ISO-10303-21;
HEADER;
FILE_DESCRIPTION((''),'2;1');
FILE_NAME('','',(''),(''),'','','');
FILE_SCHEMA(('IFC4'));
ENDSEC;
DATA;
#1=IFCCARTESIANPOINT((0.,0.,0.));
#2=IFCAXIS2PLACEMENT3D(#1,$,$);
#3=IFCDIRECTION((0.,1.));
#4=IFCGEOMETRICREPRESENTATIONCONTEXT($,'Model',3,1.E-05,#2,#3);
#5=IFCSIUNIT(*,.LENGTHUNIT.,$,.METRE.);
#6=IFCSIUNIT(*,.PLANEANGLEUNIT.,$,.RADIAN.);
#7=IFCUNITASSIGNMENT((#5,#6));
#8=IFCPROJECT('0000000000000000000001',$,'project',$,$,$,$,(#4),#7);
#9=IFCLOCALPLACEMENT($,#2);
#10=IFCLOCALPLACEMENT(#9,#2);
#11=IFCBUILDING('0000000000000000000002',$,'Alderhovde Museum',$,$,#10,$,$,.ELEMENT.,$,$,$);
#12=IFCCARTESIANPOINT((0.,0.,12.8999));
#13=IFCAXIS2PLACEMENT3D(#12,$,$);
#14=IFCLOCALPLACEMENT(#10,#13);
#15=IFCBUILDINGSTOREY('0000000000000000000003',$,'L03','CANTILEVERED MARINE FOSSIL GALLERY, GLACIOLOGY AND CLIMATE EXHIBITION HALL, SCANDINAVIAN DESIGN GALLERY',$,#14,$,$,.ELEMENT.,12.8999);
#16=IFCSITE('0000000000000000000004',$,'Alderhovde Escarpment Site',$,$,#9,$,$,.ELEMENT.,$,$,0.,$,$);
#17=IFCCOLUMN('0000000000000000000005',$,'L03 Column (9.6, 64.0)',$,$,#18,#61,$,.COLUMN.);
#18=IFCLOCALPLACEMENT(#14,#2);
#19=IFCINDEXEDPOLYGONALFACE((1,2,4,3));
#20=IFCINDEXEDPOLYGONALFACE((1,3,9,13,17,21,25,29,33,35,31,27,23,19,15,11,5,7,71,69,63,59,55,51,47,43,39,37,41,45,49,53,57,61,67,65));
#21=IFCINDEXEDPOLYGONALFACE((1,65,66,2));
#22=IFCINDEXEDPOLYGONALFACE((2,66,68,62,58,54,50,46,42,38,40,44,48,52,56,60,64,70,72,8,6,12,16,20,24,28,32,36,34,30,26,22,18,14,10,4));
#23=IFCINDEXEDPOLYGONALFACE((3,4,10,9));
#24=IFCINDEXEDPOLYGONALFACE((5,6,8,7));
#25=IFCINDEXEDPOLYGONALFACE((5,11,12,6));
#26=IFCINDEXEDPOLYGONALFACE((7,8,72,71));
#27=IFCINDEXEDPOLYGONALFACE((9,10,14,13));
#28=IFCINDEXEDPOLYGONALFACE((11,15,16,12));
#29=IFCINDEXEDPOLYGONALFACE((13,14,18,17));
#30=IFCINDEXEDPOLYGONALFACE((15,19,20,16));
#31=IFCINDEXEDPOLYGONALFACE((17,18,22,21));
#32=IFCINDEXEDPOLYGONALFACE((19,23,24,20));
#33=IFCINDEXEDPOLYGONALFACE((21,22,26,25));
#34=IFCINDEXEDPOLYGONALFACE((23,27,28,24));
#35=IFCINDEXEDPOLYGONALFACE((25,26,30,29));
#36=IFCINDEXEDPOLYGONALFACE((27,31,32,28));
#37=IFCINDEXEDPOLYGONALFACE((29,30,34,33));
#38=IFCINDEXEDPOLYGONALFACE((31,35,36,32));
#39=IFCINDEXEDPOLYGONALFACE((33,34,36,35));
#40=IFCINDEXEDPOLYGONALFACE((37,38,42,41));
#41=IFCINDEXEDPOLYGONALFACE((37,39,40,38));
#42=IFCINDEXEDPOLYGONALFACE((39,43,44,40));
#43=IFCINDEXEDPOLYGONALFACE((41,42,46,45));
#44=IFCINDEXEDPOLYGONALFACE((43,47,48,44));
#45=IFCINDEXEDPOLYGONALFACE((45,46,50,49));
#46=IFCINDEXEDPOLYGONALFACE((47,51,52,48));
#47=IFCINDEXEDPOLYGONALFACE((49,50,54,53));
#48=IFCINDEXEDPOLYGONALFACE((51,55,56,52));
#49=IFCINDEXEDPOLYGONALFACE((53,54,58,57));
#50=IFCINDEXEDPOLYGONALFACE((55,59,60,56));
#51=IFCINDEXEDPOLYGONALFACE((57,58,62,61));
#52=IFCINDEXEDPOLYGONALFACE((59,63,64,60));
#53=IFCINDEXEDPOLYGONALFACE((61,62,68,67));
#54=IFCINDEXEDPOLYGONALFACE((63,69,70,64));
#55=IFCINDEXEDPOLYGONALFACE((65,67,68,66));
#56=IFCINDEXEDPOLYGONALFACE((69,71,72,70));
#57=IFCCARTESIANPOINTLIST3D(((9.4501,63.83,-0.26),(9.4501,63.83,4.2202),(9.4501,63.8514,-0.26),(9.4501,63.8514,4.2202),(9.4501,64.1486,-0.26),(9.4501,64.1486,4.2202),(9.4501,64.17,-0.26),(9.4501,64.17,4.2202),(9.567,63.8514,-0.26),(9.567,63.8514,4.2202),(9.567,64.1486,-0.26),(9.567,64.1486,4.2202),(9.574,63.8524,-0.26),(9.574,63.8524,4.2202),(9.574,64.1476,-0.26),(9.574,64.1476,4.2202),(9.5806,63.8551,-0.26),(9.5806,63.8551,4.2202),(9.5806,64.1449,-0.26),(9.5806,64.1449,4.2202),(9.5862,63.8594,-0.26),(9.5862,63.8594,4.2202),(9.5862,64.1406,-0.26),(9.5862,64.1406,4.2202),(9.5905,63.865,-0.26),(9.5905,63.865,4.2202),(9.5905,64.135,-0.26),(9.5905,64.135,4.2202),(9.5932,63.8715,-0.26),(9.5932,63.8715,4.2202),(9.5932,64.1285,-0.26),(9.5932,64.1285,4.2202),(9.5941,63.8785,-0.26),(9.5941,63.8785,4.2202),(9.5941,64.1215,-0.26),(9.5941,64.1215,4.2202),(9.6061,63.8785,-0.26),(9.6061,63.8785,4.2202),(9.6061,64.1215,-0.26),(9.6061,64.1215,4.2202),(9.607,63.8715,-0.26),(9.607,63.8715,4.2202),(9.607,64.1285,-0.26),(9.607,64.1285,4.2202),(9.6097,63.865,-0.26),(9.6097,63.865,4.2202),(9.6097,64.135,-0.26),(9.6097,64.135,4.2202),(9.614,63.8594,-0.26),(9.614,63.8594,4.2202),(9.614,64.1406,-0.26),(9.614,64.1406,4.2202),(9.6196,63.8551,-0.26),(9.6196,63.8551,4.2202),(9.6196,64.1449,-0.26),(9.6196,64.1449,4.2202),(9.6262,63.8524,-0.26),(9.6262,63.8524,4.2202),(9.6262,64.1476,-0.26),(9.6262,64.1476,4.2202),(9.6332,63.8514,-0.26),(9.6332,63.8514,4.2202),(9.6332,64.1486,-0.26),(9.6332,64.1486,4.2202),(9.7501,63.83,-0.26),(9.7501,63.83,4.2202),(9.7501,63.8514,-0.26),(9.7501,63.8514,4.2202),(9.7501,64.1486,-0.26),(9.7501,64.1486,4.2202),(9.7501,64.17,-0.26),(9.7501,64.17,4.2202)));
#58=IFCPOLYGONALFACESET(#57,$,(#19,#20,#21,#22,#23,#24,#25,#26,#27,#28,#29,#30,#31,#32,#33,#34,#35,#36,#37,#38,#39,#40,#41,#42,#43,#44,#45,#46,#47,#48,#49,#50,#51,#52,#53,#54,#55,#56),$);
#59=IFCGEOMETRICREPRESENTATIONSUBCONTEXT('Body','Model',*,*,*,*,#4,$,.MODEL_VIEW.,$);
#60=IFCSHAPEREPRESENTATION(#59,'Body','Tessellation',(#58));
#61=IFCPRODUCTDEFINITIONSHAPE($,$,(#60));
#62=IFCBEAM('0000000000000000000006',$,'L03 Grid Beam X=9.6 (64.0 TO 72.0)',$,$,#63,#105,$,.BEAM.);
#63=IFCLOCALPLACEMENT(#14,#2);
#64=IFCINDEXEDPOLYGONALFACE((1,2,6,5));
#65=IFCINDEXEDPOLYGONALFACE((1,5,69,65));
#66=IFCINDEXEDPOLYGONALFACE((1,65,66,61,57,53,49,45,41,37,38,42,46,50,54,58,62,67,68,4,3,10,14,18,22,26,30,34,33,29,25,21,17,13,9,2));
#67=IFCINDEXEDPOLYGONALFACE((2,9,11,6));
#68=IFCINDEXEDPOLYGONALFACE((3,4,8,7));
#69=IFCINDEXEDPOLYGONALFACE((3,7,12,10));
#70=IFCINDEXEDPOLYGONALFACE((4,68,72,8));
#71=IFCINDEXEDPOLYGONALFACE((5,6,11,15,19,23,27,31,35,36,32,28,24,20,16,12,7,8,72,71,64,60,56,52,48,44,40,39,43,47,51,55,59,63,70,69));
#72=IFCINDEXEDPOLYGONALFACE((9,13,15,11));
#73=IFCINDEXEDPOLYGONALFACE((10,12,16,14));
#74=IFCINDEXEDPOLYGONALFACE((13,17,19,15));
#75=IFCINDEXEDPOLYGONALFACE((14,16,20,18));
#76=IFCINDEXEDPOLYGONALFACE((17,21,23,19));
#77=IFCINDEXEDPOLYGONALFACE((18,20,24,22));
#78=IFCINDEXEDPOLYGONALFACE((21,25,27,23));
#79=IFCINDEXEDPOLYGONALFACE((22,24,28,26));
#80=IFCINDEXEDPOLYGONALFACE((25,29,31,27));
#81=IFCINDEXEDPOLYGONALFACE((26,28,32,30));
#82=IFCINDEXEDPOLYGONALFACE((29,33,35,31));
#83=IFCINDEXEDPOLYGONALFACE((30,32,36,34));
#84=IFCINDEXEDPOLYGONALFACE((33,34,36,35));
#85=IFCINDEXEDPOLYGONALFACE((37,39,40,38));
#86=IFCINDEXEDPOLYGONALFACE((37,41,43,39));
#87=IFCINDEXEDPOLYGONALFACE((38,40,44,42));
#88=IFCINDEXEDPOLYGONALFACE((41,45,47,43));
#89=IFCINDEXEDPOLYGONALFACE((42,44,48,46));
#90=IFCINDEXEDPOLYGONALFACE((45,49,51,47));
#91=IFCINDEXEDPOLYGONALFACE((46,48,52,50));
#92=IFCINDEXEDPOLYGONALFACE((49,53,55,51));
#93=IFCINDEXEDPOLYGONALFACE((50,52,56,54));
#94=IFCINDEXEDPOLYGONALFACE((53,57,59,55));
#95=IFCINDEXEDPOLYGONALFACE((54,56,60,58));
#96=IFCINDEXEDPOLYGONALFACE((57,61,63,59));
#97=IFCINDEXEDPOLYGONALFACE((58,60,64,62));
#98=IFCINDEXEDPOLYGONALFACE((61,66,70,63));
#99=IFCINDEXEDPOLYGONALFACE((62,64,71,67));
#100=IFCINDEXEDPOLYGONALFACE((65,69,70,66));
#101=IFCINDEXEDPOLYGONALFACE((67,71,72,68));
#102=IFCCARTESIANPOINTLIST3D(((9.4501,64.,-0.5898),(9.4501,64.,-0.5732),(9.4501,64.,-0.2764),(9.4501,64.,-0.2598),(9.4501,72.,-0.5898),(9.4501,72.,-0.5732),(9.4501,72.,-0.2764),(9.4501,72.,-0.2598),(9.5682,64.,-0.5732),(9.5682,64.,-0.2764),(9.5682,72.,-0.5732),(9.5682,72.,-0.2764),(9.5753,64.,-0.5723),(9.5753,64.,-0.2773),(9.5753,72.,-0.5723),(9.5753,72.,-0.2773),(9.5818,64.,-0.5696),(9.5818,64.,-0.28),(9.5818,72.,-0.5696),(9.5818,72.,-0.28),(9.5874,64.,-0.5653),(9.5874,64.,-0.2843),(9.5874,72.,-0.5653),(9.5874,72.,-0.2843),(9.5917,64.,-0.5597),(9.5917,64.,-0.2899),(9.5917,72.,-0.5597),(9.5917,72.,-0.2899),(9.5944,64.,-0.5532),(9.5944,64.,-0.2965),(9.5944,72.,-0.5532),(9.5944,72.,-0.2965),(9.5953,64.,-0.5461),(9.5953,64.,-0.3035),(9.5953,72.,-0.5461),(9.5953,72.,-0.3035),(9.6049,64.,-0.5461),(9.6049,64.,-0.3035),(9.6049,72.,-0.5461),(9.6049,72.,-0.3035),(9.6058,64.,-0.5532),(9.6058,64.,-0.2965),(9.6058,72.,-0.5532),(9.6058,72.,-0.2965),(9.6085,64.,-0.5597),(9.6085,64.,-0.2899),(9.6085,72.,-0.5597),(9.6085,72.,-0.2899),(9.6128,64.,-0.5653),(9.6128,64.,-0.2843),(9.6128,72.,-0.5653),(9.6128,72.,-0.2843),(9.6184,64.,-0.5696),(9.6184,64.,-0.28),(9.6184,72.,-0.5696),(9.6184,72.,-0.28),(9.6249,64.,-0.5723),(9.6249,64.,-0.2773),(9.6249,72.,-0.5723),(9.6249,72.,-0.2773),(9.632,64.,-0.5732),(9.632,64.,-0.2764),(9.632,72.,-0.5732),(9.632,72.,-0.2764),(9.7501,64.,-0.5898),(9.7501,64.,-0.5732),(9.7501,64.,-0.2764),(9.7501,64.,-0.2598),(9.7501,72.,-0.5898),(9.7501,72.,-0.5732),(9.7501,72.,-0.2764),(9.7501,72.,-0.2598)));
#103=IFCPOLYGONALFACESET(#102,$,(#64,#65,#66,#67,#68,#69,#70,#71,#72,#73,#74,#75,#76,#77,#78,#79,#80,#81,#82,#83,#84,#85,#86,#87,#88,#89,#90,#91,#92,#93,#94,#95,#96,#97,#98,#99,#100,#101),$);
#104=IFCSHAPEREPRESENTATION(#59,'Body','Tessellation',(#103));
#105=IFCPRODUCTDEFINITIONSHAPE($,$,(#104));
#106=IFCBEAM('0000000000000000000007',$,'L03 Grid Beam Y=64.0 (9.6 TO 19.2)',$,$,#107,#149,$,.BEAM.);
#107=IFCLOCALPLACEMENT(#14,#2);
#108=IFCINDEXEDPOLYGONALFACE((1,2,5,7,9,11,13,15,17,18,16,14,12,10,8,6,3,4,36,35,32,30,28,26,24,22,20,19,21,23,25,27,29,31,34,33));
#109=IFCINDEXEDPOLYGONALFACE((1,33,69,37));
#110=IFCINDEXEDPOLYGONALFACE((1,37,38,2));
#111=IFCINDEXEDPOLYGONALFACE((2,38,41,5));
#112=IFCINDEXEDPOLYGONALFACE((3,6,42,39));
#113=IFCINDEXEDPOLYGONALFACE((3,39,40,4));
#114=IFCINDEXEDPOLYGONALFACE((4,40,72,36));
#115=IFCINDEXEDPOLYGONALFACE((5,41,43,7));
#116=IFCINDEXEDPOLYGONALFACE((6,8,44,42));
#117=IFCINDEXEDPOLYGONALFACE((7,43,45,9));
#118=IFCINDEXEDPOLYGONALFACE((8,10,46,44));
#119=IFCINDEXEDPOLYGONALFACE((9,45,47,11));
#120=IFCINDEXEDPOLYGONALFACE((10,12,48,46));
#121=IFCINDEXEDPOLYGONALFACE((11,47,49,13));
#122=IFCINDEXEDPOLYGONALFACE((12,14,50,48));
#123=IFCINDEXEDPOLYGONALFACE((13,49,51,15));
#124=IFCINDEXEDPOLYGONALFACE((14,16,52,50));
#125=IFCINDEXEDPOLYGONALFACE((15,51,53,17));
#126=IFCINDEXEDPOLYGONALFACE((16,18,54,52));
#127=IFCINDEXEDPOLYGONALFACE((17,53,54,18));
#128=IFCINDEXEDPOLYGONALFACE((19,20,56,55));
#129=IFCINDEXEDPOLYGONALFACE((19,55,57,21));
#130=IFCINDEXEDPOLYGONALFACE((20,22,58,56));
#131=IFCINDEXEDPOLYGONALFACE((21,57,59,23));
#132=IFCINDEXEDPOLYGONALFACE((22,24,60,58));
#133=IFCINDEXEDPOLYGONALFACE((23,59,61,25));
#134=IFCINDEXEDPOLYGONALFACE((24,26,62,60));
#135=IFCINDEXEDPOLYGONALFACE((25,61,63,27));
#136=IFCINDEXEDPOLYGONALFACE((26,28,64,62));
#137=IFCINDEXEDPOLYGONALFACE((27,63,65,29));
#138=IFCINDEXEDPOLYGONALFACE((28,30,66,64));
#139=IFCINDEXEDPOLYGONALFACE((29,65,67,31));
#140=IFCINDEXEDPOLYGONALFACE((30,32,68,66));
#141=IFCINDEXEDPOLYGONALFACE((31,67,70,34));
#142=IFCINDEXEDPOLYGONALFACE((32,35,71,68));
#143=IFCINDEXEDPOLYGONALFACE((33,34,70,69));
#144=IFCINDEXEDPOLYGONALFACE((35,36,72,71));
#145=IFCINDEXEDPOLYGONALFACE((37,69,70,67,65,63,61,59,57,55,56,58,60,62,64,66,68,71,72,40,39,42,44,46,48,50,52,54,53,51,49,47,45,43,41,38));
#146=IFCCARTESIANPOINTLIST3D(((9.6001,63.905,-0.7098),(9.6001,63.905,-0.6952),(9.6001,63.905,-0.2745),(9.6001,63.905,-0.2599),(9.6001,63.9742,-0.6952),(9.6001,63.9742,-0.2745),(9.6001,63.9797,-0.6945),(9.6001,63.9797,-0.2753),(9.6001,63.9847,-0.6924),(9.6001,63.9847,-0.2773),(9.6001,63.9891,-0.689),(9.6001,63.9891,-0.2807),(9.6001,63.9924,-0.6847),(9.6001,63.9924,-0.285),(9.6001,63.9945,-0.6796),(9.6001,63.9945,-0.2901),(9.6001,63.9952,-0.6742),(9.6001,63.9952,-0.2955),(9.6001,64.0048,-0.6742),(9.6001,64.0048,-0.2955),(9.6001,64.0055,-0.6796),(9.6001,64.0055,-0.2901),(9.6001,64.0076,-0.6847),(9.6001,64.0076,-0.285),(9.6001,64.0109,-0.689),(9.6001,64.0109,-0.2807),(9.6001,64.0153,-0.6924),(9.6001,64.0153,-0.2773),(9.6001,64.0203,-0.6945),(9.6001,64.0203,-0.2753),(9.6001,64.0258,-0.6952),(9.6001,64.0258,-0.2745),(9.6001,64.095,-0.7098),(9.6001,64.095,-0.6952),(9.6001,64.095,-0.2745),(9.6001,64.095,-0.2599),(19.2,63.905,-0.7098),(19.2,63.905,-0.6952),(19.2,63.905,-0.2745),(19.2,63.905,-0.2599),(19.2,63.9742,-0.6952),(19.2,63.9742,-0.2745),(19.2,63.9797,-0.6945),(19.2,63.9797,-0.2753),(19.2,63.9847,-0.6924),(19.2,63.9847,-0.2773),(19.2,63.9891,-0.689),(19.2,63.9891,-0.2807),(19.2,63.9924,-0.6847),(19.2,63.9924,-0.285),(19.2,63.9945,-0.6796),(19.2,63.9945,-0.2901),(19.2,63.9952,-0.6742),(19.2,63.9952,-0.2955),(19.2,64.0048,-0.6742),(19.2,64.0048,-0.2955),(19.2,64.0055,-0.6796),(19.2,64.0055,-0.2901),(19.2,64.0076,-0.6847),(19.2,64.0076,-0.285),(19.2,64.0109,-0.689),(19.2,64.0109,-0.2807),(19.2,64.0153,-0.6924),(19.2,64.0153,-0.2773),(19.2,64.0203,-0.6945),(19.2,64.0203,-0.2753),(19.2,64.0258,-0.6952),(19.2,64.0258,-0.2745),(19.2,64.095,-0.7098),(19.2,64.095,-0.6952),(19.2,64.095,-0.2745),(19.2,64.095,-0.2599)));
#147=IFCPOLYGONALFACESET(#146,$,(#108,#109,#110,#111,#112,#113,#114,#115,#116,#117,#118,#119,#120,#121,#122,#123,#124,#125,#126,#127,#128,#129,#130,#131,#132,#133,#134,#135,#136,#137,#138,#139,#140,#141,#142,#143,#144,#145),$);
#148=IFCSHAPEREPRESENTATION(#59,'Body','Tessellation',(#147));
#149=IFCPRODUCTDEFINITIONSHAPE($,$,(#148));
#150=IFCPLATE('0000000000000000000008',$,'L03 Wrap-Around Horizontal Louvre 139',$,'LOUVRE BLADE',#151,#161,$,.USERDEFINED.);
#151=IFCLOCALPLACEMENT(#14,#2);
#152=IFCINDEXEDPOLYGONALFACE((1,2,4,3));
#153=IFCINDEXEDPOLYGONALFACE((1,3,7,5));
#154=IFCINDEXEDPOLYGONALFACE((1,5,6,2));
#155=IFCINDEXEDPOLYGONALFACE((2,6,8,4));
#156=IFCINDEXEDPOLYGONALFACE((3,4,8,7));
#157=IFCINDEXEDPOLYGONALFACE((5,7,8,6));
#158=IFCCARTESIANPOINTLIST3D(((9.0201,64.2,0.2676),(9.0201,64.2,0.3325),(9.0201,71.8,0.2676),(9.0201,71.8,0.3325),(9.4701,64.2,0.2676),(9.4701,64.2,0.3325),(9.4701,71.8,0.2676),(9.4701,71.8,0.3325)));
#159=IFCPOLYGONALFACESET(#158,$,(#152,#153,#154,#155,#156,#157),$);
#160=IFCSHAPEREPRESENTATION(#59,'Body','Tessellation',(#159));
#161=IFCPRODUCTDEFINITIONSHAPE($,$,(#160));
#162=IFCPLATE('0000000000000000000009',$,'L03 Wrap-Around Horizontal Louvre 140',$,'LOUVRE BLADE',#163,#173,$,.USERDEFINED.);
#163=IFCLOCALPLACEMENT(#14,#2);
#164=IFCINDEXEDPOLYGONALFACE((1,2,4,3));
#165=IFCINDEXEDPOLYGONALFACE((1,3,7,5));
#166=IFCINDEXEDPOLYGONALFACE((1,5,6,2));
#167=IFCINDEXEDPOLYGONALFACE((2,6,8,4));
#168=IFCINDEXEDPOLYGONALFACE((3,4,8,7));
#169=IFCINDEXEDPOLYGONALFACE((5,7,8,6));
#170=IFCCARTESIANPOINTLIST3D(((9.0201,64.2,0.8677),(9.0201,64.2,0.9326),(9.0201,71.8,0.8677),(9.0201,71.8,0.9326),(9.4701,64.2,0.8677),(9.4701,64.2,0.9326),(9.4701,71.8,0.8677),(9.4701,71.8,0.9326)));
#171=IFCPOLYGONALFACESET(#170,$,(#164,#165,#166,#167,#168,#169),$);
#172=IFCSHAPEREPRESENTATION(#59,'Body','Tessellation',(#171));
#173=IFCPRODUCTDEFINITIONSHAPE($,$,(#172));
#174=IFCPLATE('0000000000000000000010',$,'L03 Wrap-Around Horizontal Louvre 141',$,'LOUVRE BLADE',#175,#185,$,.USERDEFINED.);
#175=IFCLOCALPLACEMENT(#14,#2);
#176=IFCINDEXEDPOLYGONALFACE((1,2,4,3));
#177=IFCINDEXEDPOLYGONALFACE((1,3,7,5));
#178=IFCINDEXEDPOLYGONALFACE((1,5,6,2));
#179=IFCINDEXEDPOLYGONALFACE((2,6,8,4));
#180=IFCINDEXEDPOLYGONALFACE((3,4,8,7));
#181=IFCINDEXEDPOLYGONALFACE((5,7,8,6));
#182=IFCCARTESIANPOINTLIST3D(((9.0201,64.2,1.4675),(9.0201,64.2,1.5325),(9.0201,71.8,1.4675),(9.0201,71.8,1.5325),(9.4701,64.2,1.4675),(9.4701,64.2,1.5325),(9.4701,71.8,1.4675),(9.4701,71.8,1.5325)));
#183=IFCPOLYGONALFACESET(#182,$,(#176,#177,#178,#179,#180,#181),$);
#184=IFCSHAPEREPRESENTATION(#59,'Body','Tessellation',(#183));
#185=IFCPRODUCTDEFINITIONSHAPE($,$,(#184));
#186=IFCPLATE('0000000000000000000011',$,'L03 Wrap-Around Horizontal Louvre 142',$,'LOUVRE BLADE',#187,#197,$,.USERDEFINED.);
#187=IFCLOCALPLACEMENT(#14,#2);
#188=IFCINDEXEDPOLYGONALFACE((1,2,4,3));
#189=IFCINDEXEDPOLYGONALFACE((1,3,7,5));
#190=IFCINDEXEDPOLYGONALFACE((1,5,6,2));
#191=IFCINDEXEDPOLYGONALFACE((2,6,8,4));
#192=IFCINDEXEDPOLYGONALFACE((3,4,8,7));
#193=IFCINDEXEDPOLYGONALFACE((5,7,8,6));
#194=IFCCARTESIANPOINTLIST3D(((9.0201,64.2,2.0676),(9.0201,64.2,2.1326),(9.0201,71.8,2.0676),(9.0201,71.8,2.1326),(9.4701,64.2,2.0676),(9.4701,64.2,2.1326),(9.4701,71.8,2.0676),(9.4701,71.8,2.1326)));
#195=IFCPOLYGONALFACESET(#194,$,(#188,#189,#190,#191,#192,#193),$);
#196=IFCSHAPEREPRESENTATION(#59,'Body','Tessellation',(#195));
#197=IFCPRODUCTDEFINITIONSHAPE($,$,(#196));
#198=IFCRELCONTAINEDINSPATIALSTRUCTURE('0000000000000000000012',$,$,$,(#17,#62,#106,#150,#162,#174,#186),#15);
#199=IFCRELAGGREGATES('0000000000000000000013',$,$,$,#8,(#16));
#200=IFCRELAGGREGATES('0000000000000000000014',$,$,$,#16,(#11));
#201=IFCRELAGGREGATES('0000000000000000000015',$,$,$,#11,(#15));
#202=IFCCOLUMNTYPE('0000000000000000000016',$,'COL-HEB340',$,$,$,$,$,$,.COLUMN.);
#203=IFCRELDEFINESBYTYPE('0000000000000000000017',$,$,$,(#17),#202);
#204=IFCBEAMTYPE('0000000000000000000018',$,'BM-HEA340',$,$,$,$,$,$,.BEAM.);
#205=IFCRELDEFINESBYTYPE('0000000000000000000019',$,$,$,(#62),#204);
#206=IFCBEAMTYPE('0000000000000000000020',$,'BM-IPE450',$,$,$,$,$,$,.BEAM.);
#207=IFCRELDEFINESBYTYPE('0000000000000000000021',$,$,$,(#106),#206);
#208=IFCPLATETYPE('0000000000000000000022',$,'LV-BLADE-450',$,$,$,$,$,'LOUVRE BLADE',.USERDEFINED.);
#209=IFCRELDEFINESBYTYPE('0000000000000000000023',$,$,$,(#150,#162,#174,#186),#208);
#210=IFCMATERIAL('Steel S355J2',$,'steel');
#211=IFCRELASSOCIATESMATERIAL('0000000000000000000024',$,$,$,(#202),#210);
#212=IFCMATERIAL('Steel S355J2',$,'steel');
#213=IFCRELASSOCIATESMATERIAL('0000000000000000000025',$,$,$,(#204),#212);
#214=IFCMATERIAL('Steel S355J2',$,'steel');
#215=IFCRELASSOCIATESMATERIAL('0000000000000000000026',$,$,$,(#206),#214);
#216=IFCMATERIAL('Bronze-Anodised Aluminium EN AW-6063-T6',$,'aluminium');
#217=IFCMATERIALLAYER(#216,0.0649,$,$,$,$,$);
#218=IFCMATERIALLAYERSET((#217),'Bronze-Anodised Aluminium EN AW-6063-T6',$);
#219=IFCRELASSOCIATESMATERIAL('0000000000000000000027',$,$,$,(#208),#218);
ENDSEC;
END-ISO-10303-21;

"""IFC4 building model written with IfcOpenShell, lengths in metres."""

from ifc_helpers import new_model, si_unit, direction, frame, origin, origin_2d, place, context, subcontext, project, spatial, rectangle, i_section, extrude, material, layer, layer_set, material_profile, profile_set, type_object, element, save


model = new_model("IFC4")

# Units and contexts
model_context = context("Model", 3, precision=1e-05, world=origin(), true_north=direction((0.0, 1.0)))
body_context = subcontext(model_context, "Body", "Model", "MODEL_VIEW")
ifc_project = project(units=[si_unit("LENGTHUNIT", "METRE"), si_unit("PLANEANGLEUNIT", "RADIAN")], contexts=[model_context])

# Site, building, storey
site_placement = place(None, origin())
site = spatial("IfcSite", under=ifc_project, at=site_placement, Name="Alderhovde Escarpment Site", CompositionType="ELEMENT", RefElevation=0.0)
building_placement = place(site_placement, origin())
building = spatial("IfcBuilding", under=site, at=building_placement, Name="Alderhovde Museum", CompositionType="ELEMENT")
storey_placement = place(building_placement, frame((0.0, 0.0, 12.8999)))
storey = spatial("IfcBuildingStorey", under=building, at=storey_placement, Name="L03", Description="CANTILEVERED MARINE FOSSIL GALLERY, GLACIOLOGY AND CLIMATE EXHIBITION HALL, SCANDINAVIAN DESIGN GALLERY", CompositionType="ELEMENT", Elevation=12.8999)

# Column
ifc_material_1 = material(Name="Steel S355J2", Category="steel")
ifc_material_profile_1 = material_profile(ifc_material_1, i_section(OverallWidth=0.3, OverallDepth=0.3401, WebThickness=0.012, FlangeThickness=0.0215, FilletRadius=0.0271, at=origin_2d()), Name="HEB 340")
ifc_profile_set_1 = profile_set([ifc_material_profile_1], Name="Steel S355J2")
column_type = type_object("IfcColumnType", Name="COL-HEB340", PredefinedType="COLUMN", material=ifc_profile_set_1)
column_placement = place(storey_placement, frame((9.6001, 64.0, -0.26), z_axis=(0.0, 0.0, 1.0), x_axis=(1.0, 0.0, 0.0)))
element("IfcColumn", 1, at=column_placement, inside=storey, type_object=column_type, Name="L03 Column (9.6, 64.0)", PredefinedType="COLUMN", context=body_context, shape_type="SweptSolid", body=[
    extrude(i_section(OverallWidth=0.3, OverallDepth=0.3401, WebThickness=0.012, FlangeThickness=0.0215, FilletRadius=0.0271, at=origin_2d()), origin(), (0.0, 0.0, 1.0), 4.4802),
])

# Beams
ifc_material_2 = material(Name="Steel S355J2", Category="steel")
ifc_material_profile_2 = material_profile(ifc_material_2, i_section(OverallWidth=0.3, OverallDepth=0.3301, WebThickness=0.0095, FlangeThickness=0.0166, FilletRadius=0.0271, at=origin_2d()), Name="HEA 340")
ifc_profile_set_2 = profile_set([ifc_material_profile_2], Name="Steel S355J2")
beam_type_1 = type_object("IfcBeamType", Name="BM-HEA340", PredefinedType="BEAM", material=ifc_profile_set_2)
beam_1_placement = place(storey_placement, frame((9.6001, 64.0, -0.4248), z_axis=(0.0, 1.0, 0.0), x_axis=(-1.0, 0.0, 0.0)))
element("IfcBeam", 2, at=beam_1_placement, inside=storey, type_object=beam_type_1, Name="L03 Grid Beam X=9.6 (64.0 TO 72.0)", PredefinedType="BEAM", context=body_context, shape_type="SweptSolid", body=[
    extrude(i_section(OverallWidth=0.3, OverallDepth=0.3301, WebThickness=0.0095, FlangeThickness=0.0166, FilletRadius=0.0271, at=origin_2d()), origin(), (0.0, 0.0, 1.0), 8.0),
])
ifc_material_3 = material(Name="Steel S355J2", Category="steel")
ifc_material_profile_3 = material_profile(ifc_material_3, i_section(OverallWidth=0.1899, OverallDepth=0.45, WebThickness=0.0095, FlangeThickness=0.0146, FilletRadius=0.021, at=origin_2d()), Name="IPE 450")
ifc_profile_set_3 = profile_set([ifc_material_profile_3], Name="Steel S355J2")
beam_type_2 = type_object("IfcBeamType", Name="BM-IPE450", PredefinedType="BEAM", material=ifc_profile_set_3)
beam_2_placement = place(storey_placement, frame((9.6001, 64.0, -0.4849), z_axis=(1.0, 0.0, 0.0), x_axis=(0.0, 1.0, 0.0)))
element("IfcBeam", 3, at=beam_2_placement, inside=storey, type_object=beam_type_2, Name="L03 Grid Beam Y=64.0 (9.6 TO 19.2)", PredefinedType="BEAM", context=body_context, shape_type="SweptSolid", body=[
    extrude(i_section(OverallWidth=0.1899, OverallDepth=0.45, WebThickness=0.0095, FlangeThickness=0.0146, FilletRadius=0.021, at=origin_2d()), origin(), (0.0, 0.0, 1.0), 9.5999),
])

# Plates
ifc_material_4 = material(Name="Bronze-Anodised Aluminium EN AW-6063-T6", Category="aluminium")
ifc_layer_1 = layer(ifc_material_4, 0.0649)
ifc_layer_set_1 = layer_set([ifc_layer_1], Name="Bronze-Anodised Aluminium EN AW-6063-T6")
plate_type_1 = type_object("IfcPlateType", Name="LV-BLADE-450", ElementType="LOUVRE BLADE", PredefinedType="USERDEFINED", material=ifc_layer_set_1)
for number, where, z_axis, x_axis, name in (
    (4, (9.2451, 68.0, 0.2676), (0.0, 0.0, 1.0), (0.0, 1.0, 0.0), "L03 Wrap-Around Horizontal Louvre 139"),
    (5, (9.2451, 68.0, 0.8677), (0.0, 0.0, 1.0), (0.0, 1.0, 0.0), "L03 Wrap-Around Horizontal Louvre 140"),
    (6, (9.2451, 68.0, 1.4675), (0.0, 0.0, 1.0), (0.0, 1.0, 0.0), "L03 Wrap-Around Horizontal Louvre 141"),
    (7, (9.2451, 68.0, 2.0676), (0.0, 0.0, 1.0), (0.0, 1.0, 0.0), "L03 Wrap-Around Horizontal Louvre 142"),
):
    element("IfcPlate", number, at=place(storey_placement, frame(where, z_axis=z_axis, x_axis=x_axis)), inside=storey, type_object=plate_type_1, Name=name, ObjectType="LOUVRE BLADE", PredefinedType="USERDEFINED", context=body_context, shape_type="SweptSolid", body=[
        extrude(rectangle(XDim=7.6001, YDim=0.45, at=origin_2d()), origin(), (0.0, 0.0, 1.0), 0.0649),
    ])

save(model, "model.ifc")
